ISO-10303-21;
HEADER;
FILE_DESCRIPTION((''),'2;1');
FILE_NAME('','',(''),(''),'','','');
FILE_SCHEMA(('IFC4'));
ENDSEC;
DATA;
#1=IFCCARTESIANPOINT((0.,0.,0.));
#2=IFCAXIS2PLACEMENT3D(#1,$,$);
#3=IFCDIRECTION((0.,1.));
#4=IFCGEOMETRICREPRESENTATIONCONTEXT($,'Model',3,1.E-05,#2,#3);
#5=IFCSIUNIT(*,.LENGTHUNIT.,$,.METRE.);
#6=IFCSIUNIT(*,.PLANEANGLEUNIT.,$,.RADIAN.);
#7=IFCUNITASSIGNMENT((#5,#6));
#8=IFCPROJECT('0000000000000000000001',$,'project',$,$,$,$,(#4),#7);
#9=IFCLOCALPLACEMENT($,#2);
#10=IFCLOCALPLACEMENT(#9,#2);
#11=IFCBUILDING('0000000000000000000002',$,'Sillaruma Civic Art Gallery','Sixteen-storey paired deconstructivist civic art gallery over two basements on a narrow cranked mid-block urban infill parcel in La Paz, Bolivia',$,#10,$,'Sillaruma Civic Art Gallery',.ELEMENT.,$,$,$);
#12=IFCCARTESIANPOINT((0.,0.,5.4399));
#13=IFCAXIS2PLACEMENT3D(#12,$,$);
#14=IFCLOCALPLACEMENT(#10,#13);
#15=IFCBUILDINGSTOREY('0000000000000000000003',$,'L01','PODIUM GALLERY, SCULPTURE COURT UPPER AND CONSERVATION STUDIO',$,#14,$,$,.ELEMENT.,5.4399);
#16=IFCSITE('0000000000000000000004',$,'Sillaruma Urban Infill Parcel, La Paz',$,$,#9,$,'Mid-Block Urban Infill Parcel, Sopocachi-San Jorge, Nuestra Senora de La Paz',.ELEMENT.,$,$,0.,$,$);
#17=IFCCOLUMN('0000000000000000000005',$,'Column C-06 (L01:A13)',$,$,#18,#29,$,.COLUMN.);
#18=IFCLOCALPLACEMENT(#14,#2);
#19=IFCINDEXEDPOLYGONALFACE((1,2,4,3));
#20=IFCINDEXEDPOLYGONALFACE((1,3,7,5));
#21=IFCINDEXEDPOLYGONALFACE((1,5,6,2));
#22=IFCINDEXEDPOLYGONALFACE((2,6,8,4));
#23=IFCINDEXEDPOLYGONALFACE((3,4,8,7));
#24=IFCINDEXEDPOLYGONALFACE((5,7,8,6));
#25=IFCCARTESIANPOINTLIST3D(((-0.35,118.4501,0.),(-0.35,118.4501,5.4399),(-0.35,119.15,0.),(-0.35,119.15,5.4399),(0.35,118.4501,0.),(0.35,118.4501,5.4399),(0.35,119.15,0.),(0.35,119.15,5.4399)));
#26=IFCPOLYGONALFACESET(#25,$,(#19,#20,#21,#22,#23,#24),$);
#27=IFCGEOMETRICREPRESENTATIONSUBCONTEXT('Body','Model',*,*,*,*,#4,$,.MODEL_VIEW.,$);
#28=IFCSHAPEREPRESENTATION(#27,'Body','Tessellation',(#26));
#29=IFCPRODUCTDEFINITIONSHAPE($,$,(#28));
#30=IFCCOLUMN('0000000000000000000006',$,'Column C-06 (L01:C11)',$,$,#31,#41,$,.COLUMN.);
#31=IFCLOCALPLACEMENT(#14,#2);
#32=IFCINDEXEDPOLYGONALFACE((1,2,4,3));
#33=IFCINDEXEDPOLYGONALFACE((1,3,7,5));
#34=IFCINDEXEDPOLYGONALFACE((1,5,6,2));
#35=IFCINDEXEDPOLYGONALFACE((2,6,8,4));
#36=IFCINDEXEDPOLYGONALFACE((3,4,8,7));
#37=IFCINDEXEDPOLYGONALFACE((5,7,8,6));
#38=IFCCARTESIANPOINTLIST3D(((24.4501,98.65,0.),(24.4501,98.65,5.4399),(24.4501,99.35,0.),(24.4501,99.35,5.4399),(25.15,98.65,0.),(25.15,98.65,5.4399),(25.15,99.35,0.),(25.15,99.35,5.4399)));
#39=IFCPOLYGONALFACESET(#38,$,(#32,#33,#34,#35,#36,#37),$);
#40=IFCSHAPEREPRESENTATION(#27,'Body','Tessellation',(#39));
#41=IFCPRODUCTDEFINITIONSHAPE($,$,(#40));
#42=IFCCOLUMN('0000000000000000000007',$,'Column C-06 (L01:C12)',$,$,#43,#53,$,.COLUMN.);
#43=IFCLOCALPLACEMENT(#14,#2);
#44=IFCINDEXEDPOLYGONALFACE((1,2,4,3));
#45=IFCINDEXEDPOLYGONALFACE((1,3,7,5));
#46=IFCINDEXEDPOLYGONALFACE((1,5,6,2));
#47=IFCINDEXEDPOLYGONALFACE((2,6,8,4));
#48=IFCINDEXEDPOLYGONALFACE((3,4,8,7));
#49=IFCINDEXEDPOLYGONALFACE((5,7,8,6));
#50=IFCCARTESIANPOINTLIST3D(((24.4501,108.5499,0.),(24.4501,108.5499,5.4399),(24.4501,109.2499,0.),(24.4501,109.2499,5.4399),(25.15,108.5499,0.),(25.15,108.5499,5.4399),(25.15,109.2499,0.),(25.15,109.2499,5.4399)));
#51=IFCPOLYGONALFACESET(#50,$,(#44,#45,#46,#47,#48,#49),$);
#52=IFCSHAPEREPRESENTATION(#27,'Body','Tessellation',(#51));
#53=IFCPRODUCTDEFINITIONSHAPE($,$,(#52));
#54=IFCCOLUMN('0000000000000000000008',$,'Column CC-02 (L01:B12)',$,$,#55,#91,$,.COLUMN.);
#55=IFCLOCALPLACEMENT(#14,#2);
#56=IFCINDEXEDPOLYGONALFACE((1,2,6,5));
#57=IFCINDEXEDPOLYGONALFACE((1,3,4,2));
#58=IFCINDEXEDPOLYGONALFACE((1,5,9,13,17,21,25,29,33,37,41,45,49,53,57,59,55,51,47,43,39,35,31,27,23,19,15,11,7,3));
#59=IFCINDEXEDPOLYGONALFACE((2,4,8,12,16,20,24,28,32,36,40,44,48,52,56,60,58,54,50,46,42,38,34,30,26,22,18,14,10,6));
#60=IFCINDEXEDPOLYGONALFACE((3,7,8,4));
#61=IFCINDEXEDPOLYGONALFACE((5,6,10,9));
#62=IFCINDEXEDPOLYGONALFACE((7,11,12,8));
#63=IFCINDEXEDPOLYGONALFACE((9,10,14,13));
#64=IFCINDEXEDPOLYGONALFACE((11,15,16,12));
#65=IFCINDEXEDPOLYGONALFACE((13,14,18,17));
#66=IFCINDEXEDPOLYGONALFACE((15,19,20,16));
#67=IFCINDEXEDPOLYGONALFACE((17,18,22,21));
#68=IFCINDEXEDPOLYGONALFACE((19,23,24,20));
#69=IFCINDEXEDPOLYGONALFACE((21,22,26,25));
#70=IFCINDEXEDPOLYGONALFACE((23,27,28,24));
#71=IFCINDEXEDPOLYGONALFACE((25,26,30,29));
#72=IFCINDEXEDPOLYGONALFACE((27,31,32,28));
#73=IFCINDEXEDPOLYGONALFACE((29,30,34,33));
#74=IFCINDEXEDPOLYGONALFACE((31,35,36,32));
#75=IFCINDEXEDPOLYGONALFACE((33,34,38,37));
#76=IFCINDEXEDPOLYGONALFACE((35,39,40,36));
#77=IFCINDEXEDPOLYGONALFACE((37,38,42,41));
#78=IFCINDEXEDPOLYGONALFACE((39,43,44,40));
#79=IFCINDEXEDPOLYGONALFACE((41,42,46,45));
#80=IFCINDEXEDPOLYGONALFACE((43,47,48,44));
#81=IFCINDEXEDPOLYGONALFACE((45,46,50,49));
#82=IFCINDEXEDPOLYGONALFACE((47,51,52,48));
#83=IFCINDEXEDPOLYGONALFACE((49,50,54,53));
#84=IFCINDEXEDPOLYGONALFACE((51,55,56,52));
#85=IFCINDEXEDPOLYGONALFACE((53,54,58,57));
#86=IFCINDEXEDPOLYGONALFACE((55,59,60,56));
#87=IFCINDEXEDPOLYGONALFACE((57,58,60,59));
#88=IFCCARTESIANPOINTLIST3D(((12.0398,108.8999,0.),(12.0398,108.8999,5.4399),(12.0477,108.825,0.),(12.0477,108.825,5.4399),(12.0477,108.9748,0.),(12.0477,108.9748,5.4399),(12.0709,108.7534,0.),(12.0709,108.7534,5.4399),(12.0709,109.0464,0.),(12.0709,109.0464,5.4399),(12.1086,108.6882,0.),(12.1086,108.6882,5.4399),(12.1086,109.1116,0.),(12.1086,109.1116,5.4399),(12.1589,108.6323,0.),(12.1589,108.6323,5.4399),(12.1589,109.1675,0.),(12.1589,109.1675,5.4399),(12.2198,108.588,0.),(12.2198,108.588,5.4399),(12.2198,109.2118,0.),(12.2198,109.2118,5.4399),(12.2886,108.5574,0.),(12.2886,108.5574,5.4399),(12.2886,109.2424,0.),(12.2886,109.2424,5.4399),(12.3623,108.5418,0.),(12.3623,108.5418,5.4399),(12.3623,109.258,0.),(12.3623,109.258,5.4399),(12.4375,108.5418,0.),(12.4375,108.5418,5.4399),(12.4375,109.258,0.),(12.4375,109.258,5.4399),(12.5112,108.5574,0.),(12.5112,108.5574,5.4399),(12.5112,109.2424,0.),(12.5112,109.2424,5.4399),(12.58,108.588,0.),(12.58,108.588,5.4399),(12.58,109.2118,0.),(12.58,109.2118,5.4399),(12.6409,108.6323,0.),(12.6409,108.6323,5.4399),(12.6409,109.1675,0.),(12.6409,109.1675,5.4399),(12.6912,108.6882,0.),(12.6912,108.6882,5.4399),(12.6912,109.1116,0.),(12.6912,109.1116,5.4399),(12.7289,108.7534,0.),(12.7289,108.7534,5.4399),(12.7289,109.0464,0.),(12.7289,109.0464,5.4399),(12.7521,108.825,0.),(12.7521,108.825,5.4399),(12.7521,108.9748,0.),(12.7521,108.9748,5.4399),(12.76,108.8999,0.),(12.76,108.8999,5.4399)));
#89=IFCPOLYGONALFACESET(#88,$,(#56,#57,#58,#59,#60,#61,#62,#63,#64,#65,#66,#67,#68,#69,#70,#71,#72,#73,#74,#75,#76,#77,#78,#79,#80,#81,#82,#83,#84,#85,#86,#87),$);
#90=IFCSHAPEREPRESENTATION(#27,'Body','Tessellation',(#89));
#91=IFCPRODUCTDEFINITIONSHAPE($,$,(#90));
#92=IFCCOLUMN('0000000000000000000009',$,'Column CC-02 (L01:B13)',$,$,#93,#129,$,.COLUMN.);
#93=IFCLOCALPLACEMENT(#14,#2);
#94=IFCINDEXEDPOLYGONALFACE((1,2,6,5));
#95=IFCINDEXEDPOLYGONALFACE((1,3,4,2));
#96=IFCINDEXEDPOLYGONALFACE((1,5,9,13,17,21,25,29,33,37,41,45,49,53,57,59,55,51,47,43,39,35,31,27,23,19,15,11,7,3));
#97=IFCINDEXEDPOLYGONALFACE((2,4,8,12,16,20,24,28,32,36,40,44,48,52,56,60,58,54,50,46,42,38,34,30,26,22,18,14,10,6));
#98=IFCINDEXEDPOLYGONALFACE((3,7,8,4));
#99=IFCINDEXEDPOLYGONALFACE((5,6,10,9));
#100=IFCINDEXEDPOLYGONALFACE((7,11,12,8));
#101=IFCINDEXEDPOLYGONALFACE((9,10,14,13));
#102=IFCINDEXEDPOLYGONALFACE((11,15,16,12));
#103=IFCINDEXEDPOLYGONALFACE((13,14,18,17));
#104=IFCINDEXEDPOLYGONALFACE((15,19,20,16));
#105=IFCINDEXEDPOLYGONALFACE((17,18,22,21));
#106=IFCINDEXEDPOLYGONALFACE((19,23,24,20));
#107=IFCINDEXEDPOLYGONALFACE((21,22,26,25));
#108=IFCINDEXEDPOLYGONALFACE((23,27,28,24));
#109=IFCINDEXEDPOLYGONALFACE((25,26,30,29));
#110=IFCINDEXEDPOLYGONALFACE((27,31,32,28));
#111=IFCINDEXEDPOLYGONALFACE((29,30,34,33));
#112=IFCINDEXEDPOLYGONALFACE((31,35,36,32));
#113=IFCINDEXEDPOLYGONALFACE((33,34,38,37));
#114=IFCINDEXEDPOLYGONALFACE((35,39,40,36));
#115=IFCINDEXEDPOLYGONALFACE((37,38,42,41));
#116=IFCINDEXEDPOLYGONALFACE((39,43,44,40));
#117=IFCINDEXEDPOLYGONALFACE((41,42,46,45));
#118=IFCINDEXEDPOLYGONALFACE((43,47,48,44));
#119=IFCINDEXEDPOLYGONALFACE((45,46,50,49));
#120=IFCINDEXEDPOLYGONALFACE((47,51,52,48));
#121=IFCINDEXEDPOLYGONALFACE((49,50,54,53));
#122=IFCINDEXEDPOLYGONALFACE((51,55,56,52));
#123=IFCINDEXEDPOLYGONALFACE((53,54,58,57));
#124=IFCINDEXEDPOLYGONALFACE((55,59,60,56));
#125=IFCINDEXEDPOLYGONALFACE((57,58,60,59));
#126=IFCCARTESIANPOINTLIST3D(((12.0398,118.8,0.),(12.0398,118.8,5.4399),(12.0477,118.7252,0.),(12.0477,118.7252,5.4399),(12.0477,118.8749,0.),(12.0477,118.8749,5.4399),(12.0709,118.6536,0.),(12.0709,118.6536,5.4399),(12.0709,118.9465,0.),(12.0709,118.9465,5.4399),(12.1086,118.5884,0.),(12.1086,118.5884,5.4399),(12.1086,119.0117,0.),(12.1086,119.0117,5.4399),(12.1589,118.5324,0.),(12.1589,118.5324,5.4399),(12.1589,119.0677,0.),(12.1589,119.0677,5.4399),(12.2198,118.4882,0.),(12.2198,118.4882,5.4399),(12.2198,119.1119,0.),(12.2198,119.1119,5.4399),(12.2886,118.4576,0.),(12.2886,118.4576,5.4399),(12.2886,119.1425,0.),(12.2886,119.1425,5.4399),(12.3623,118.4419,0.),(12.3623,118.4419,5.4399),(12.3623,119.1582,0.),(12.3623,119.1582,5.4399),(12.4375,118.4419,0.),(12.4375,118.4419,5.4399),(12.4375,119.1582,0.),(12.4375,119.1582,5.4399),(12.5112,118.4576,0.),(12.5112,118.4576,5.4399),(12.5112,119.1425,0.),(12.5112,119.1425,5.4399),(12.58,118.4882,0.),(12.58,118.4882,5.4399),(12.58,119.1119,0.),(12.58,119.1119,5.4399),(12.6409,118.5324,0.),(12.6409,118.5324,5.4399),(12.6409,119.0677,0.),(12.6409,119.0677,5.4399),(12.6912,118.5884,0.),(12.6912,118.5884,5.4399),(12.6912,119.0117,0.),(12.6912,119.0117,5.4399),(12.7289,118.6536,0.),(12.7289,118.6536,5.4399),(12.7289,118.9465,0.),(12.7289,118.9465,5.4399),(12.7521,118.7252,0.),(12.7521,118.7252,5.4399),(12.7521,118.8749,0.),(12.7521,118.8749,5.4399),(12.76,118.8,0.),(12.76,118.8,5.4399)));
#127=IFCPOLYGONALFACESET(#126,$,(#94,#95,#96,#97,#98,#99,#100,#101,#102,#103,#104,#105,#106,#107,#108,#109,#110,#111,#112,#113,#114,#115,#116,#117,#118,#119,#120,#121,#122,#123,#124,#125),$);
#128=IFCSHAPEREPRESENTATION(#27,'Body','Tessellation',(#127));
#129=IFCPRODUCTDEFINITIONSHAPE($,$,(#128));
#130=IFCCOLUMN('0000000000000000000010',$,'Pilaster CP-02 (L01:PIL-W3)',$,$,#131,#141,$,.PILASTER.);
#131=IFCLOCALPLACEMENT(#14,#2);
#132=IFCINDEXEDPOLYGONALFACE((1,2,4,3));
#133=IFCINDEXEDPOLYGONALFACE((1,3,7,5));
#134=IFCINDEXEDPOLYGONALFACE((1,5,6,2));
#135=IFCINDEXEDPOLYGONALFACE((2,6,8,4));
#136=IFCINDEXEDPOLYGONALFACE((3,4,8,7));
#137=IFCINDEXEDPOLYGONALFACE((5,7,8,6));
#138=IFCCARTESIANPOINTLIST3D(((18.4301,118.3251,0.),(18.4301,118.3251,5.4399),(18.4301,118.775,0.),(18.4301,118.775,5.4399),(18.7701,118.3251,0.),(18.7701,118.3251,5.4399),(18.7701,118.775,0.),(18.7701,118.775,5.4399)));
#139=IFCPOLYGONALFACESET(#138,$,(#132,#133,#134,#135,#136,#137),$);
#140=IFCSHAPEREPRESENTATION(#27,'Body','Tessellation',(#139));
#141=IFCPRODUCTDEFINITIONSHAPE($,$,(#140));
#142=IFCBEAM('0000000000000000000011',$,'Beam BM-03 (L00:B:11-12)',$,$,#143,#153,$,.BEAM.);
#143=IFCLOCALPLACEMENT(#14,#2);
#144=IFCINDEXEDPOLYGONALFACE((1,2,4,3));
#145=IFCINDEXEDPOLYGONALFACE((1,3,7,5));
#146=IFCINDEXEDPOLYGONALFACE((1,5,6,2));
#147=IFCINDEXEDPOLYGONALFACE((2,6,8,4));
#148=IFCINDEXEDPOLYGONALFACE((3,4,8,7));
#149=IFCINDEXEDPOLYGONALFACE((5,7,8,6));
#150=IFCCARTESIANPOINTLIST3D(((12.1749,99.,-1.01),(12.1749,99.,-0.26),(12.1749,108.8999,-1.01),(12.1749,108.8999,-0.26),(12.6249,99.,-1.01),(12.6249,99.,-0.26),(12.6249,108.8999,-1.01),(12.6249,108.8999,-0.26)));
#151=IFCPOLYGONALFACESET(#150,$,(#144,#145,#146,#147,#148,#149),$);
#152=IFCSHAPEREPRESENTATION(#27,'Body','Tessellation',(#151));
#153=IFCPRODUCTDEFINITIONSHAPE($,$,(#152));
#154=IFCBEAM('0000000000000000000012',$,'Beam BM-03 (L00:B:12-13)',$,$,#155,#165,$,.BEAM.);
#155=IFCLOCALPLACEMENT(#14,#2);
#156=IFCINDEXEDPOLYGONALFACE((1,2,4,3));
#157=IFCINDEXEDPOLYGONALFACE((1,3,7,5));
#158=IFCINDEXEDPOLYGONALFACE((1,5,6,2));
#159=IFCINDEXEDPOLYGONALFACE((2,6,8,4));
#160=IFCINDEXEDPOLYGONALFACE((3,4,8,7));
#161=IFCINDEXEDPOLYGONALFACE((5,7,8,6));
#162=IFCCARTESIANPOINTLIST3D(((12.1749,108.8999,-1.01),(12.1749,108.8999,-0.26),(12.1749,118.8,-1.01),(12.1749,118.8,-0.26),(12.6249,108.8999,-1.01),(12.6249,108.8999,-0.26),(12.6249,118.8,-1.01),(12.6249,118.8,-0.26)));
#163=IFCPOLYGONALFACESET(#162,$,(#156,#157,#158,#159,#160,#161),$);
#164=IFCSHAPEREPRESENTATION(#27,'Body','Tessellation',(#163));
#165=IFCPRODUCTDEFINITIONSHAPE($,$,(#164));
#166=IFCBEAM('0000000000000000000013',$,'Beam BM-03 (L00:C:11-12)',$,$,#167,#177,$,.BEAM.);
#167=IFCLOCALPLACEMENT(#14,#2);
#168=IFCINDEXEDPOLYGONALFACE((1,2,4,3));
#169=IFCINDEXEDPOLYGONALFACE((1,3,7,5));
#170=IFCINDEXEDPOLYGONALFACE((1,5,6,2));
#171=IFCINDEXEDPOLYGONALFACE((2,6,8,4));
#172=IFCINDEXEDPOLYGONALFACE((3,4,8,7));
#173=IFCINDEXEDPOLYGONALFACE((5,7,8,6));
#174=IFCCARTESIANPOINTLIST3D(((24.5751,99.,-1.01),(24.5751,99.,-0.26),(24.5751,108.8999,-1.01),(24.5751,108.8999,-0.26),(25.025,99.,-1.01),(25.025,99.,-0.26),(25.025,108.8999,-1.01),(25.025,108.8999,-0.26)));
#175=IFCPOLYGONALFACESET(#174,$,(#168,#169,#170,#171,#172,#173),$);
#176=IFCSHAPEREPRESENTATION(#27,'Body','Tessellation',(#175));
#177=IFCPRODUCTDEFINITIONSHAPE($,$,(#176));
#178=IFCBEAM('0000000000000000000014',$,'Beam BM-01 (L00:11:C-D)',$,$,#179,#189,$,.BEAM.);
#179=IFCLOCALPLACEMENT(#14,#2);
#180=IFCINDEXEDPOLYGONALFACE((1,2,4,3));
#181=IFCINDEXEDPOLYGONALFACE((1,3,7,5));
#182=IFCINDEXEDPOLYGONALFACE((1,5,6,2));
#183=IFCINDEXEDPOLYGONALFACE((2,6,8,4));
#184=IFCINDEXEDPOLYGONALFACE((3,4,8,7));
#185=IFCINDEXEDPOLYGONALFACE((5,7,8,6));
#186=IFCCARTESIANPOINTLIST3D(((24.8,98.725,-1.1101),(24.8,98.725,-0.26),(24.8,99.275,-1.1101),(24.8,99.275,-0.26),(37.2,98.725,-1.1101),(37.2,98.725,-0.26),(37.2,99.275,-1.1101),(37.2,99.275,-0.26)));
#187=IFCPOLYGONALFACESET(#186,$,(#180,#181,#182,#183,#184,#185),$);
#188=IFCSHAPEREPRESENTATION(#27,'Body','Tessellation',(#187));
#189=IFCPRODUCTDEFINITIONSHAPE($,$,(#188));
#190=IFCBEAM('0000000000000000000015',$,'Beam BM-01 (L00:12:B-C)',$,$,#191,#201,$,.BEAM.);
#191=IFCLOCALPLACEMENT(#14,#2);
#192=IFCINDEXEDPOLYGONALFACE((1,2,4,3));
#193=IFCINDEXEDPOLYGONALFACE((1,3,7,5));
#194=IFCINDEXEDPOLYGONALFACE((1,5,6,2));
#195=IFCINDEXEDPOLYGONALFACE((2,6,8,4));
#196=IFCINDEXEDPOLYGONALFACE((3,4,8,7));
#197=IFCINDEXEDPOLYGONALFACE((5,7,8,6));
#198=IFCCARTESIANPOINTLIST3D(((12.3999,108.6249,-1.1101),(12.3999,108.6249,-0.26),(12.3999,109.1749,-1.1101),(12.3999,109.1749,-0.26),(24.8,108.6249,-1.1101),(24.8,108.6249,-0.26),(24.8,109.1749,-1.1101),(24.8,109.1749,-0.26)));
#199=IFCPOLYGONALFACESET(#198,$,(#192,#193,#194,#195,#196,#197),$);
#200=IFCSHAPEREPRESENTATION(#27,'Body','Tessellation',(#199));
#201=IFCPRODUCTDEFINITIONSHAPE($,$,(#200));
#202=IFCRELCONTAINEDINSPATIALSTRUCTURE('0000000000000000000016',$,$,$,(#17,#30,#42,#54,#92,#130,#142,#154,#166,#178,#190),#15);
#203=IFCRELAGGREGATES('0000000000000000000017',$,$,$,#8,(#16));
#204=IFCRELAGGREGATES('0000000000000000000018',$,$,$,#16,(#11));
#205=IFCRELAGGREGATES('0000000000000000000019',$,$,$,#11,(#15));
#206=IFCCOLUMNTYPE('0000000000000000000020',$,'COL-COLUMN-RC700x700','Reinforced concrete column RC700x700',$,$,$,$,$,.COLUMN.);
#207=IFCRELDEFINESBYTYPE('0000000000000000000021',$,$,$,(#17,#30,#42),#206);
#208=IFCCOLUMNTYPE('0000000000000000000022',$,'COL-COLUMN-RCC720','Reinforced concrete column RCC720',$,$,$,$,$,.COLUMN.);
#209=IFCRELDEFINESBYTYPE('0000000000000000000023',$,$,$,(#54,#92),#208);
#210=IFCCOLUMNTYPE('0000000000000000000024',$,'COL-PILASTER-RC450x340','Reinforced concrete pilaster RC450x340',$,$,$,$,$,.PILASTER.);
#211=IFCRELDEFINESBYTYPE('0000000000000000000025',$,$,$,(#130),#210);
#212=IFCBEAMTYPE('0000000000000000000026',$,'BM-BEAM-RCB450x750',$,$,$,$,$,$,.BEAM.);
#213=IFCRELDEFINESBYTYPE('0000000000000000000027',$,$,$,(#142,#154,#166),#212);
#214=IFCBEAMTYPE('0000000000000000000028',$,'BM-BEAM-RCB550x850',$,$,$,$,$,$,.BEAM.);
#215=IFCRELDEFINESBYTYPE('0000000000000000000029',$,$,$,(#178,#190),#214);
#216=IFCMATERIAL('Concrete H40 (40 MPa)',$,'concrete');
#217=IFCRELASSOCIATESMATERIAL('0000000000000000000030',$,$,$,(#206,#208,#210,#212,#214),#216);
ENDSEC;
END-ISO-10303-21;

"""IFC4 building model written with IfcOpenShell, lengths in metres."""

from ifc_helpers import new_model, si_unit, direction, frame, origin, origin_2d, place, context, subcontext, project, spatial, rectangle, circle, extrude, material, material_profile, profile_set, type_object, element, save


model = new_model("IFC4")

# Units and contexts
model_context = context("Model", 3, precision=1e-05, world=origin(), true_north=direction((0.0, 1.0)))
body_context = subcontext(model_context, "Body", "Model", "MODEL_VIEW")
ifc_project = project(units=[si_unit("LENGTHUNIT", "METRE"), si_unit("PLANEANGLEUNIT", "RADIAN")], contexts=[model_context])

# Site, building, storey
site_placement = place(None, origin())
site = spatial("IfcSite", under=ifc_project, at=site_placement, Name="Sillaruma Urban Infill Parcel, La Paz", LongName="Mid-Block Urban Infill Parcel, Sopocachi-San Jorge, Nuestra Senora de La Paz", CompositionType="ELEMENT", RefElevation=0.0)
building_placement = place(site_placement, origin())
building = spatial("IfcBuilding", under=site, at=building_placement, Name="Sillaruma Civic Art Gallery", Description="Sixteen-storey paired deconstructivist civic art gallery over two basements on a narrow cranked mid-block urban infill parcel in La Paz, Bolivia", LongName="Sillaruma Civic Art Gallery", CompositionType="ELEMENT")
storey_placement = place(building_placement, frame((0.0, 0.0, 5.4399)))
storey = spatial("IfcBuildingStorey", under=building, at=storey_placement, Name="L01", Description="PODIUM GALLERY, SCULPTURE COURT UPPER AND CONSERVATION STUDIO", CompositionType="ELEMENT", Elevation=5.4399)

# Columns
ifc_material_1 = material(Name="Concrete H40 (40 MPa)", Category="concrete")
ifc_material_profile_1 = material_profile(ifc_material_1, rectangle(XDim=0.7, YDim=0.7, at=origin_2d()), Name="RC700x700")
ifc_profile_set_1 = profile_set([ifc_material_profile_1], Name="Concrete H40 (40 MPa)")
column_type_1 = type_object("IfcColumnType", Name="COL-COLUMN-RC700x700", Description="Reinforced concrete column RC700x700", PredefinedType="COLUMN", material=ifc_profile_set_1)
for number, where, z_axis, x_axis, name in (
    (1, (0.0, 118.8, 0.0), (0.0, 0.0, 1.0), (1.0, 0.0, 0.0), "Column C-06 (L01:A13)"),
    (2, (24.8, 99.0, 0.0), (0.0, 0.0, 1.0), (1.0, 0.0, 0.0), "Column C-06 (L01:C11)"),
    (3, (24.8, 108.8999, 0.0), (0.0, 0.0, 1.0), (1.0, 0.0, 0.0), "Column C-06 (L01:C12)"),
):
    element("IfcColumn", number, at=place(storey_placement, frame(where, z_axis=z_axis, x_axis=x_axis)), inside=storey, type_object=column_type_1, Name=name, PredefinedType="COLUMN", context=body_context, shape_type="SweptSolid", body=[
        extrude(rectangle(XDim=0.7, YDim=0.7, at=origin_2d()), origin(), (0.0, 0.0, 1.0), 5.4399),
    ])
ifc_material_profile_2 = material_profile(ifc_material_1, circle(Radius=0.3601, at=origin_2d()), Name="RCC720")
ifc_profile_set_2 = profile_set([ifc_material_profile_2], Name="Concrete H40 (40 MPa)")
column_type_2 = type_object("IfcColumnType", Name="COL-COLUMN-RCC720", Description="Reinforced concrete column RCC720", PredefinedType="COLUMN", material=ifc_profile_set_2)
for number, where, z_axis, x_axis, name in (
    (4, (12.3999, 108.8999, 0.0), (0.0, 0.0, 1.0), (1.0, 0.0, 0.0), "Column CC-02 (L01:B12)"),
    (5, (12.3999, 118.8, 0.0), (0.0, 0.0, 1.0), (1.0, 0.0, 0.0), "Column CC-02 (L01:B13)"),
):
    element("IfcColumn", number, at=place(storey_placement, frame(where, z_axis=z_axis, x_axis=x_axis)), inside=storey, type_object=column_type_2, Name=name, PredefinedType="COLUMN", context=body_context, shape_type="SweptSolid", body=[
        extrude(circle(Radius=0.3601, at=origin_2d()), origin(), (0.0, 0.0, 1.0), 5.4399),
    ])
ifc_material_profile_3 = material_profile(ifc_material_1, rectangle(XDim=0.3401, YDim=0.45, at=origin_2d()), Name="RC450x340")
ifc_profile_set_3 = profile_set([ifc_material_profile_3], Name="Concrete H40 (40 MPa)")
column_type_3 = type_object("IfcColumnType", Name="COL-PILASTER-RC450x340", Description="Reinforced concrete pilaster RC450x340", PredefinedType="PILASTER", material=ifc_profile_set_3)
column_placement = place(storey_placement, frame((18.6001, 118.55, 0.0), z_axis=(0.0, 0.0, 1.0), x_axis=(1.0, 0.0, 0.0)))
element("IfcColumn", 6, at=column_placement, inside=storey, type_object=column_type_3, Name="Pilaster CP-02 (L01:PIL-W3)", PredefinedType="PILASTER", context=body_context, shape_type="SweptSolid", body=[
    extrude(rectangle(XDim=0.3401, YDim=0.45, at=origin_2d()), origin(), (0.0, 0.0, 1.0), 5.4399),
])

# Beams
ifc_material_profile_4 = material_profile(ifc_material_1, rectangle(XDim=0.45, YDim=0.75, at=origin_2d()), Name="RCB450x750")
ifc_profile_set_4 = profile_set([ifc_material_profile_4], Name="Concrete H40 (40 MPa)")
beam_type_1 = type_object("IfcBeamType", Name="BM-BEAM-RCB450x750", PredefinedType="BEAM", material=ifc_profile_set_4)
beam_1_placement = place(storey_placement, frame((12.3999, 99.0, -0.635), z_axis=(0.0, 1.0, 0.0), x_axis=(-1.0, 0.0, 0.0)))
element("IfcBeam", 7, at=beam_1_placement, inside=storey, type_object=beam_type_1, Name="Beam BM-03 (L00:B:11-12)", PredefinedType="BEAM", context=body_context, shape_type="SweptSolid", body=[
    extrude(rectangle(XDim=0.45, YDim=0.75, at=origin_2d()), origin(), (0.0, 0.0, 1.0), 9.8999),
])
beam_2_placement = place(storey_placement, frame((12.3999, 108.8999, -0.635), z_axis=(0.0, 1.0, 0.0), x_axis=(-1.0, 0.0, 0.0)))
element("IfcBeam", 8, at=beam_2_placement, inside=storey, type_object=beam_type_1, Name="Beam BM-03 (L00:B:12-13)", PredefinedType="BEAM", context=body_context, shape_type="SweptSolid", body=[
    extrude(rectangle(XDim=0.45, YDim=0.75, at=origin_2d()), origin(), (0.0, 0.0, 1.0), 9.9001),
])
beam_3_placement = place(storey_placement, frame((24.8, 99.0, -0.635), z_axis=(0.0, 1.0, 0.0), x_axis=(-1.0, 0.0, 0.0)))
element("IfcBeam", 9, at=beam_3_placement, inside=storey, type_object=beam_type_1, Name="Beam BM-03 (L00:C:11-12)", PredefinedType="BEAM", context=body_context, shape_type="SweptSolid", body=[
    extrude(rectangle(XDim=0.45, YDim=0.75, at=origin_2d()), origin(), (0.0, 0.0, 1.0), 9.8999),
])
ifc_material_profile_5 = material_profile(ifc_material_1, rectangle(XDim=0.55, YDim=0.8501, at=origin_2d()), Name="RCB550x850")
ifc_profile_set_5 = profile_set([ifc_material_profile_5], Name="Concrete H40 (40 MPa)")
beam_type_2 = type_object("IfcBeamType", Name="BM-BEAM-RCB550x850", PredefinedType="BEAM", material=ifc_profile_set_5)
beam_4_placement = place(storey_placement, frame((24.8, 99.0, -0.6851), z_axis=(1.0, 0.0, 0.0), x_axis=(0.0, 1.0, 0.0)))
element("IfcBeam", 10, at=beam_4_placement, inside=storey, type_object=beam_type_2, Name="Beam BM-01 (L00:11:C-D)", PredefinedType="BEAM", context=body_context, shape_type="SweptSolid", body=[
    extrude(rectangle(XDim=0.55, YDim=0.8501, at=origin_2d()), origin(), (0.0, 0.0, 1.0), 12.3999),
])
beam_5_placement = place(storey_placement, frame((12.3999, 108.8999, -0.6851), z_axis=(1.0, 0.0, 0.0), x_axis=(0.0, 1.0, 0.0)))
element("IfcBeam", 11, at=beam_5_placement, inside=storey, type_object=beam_type_2, Name="Beam BM-01 (L00:12:B-C)", PredefinedType="BEAM", context=body_context, shape_type="SweptSolid", body=[
    extrude(rectangle(XDim=0.55, YDim=0.8501, at=origin_2d()), origin(), (0.0, 0.0, 1.0), 12.4001),
])

save(model, "model.ifc")
